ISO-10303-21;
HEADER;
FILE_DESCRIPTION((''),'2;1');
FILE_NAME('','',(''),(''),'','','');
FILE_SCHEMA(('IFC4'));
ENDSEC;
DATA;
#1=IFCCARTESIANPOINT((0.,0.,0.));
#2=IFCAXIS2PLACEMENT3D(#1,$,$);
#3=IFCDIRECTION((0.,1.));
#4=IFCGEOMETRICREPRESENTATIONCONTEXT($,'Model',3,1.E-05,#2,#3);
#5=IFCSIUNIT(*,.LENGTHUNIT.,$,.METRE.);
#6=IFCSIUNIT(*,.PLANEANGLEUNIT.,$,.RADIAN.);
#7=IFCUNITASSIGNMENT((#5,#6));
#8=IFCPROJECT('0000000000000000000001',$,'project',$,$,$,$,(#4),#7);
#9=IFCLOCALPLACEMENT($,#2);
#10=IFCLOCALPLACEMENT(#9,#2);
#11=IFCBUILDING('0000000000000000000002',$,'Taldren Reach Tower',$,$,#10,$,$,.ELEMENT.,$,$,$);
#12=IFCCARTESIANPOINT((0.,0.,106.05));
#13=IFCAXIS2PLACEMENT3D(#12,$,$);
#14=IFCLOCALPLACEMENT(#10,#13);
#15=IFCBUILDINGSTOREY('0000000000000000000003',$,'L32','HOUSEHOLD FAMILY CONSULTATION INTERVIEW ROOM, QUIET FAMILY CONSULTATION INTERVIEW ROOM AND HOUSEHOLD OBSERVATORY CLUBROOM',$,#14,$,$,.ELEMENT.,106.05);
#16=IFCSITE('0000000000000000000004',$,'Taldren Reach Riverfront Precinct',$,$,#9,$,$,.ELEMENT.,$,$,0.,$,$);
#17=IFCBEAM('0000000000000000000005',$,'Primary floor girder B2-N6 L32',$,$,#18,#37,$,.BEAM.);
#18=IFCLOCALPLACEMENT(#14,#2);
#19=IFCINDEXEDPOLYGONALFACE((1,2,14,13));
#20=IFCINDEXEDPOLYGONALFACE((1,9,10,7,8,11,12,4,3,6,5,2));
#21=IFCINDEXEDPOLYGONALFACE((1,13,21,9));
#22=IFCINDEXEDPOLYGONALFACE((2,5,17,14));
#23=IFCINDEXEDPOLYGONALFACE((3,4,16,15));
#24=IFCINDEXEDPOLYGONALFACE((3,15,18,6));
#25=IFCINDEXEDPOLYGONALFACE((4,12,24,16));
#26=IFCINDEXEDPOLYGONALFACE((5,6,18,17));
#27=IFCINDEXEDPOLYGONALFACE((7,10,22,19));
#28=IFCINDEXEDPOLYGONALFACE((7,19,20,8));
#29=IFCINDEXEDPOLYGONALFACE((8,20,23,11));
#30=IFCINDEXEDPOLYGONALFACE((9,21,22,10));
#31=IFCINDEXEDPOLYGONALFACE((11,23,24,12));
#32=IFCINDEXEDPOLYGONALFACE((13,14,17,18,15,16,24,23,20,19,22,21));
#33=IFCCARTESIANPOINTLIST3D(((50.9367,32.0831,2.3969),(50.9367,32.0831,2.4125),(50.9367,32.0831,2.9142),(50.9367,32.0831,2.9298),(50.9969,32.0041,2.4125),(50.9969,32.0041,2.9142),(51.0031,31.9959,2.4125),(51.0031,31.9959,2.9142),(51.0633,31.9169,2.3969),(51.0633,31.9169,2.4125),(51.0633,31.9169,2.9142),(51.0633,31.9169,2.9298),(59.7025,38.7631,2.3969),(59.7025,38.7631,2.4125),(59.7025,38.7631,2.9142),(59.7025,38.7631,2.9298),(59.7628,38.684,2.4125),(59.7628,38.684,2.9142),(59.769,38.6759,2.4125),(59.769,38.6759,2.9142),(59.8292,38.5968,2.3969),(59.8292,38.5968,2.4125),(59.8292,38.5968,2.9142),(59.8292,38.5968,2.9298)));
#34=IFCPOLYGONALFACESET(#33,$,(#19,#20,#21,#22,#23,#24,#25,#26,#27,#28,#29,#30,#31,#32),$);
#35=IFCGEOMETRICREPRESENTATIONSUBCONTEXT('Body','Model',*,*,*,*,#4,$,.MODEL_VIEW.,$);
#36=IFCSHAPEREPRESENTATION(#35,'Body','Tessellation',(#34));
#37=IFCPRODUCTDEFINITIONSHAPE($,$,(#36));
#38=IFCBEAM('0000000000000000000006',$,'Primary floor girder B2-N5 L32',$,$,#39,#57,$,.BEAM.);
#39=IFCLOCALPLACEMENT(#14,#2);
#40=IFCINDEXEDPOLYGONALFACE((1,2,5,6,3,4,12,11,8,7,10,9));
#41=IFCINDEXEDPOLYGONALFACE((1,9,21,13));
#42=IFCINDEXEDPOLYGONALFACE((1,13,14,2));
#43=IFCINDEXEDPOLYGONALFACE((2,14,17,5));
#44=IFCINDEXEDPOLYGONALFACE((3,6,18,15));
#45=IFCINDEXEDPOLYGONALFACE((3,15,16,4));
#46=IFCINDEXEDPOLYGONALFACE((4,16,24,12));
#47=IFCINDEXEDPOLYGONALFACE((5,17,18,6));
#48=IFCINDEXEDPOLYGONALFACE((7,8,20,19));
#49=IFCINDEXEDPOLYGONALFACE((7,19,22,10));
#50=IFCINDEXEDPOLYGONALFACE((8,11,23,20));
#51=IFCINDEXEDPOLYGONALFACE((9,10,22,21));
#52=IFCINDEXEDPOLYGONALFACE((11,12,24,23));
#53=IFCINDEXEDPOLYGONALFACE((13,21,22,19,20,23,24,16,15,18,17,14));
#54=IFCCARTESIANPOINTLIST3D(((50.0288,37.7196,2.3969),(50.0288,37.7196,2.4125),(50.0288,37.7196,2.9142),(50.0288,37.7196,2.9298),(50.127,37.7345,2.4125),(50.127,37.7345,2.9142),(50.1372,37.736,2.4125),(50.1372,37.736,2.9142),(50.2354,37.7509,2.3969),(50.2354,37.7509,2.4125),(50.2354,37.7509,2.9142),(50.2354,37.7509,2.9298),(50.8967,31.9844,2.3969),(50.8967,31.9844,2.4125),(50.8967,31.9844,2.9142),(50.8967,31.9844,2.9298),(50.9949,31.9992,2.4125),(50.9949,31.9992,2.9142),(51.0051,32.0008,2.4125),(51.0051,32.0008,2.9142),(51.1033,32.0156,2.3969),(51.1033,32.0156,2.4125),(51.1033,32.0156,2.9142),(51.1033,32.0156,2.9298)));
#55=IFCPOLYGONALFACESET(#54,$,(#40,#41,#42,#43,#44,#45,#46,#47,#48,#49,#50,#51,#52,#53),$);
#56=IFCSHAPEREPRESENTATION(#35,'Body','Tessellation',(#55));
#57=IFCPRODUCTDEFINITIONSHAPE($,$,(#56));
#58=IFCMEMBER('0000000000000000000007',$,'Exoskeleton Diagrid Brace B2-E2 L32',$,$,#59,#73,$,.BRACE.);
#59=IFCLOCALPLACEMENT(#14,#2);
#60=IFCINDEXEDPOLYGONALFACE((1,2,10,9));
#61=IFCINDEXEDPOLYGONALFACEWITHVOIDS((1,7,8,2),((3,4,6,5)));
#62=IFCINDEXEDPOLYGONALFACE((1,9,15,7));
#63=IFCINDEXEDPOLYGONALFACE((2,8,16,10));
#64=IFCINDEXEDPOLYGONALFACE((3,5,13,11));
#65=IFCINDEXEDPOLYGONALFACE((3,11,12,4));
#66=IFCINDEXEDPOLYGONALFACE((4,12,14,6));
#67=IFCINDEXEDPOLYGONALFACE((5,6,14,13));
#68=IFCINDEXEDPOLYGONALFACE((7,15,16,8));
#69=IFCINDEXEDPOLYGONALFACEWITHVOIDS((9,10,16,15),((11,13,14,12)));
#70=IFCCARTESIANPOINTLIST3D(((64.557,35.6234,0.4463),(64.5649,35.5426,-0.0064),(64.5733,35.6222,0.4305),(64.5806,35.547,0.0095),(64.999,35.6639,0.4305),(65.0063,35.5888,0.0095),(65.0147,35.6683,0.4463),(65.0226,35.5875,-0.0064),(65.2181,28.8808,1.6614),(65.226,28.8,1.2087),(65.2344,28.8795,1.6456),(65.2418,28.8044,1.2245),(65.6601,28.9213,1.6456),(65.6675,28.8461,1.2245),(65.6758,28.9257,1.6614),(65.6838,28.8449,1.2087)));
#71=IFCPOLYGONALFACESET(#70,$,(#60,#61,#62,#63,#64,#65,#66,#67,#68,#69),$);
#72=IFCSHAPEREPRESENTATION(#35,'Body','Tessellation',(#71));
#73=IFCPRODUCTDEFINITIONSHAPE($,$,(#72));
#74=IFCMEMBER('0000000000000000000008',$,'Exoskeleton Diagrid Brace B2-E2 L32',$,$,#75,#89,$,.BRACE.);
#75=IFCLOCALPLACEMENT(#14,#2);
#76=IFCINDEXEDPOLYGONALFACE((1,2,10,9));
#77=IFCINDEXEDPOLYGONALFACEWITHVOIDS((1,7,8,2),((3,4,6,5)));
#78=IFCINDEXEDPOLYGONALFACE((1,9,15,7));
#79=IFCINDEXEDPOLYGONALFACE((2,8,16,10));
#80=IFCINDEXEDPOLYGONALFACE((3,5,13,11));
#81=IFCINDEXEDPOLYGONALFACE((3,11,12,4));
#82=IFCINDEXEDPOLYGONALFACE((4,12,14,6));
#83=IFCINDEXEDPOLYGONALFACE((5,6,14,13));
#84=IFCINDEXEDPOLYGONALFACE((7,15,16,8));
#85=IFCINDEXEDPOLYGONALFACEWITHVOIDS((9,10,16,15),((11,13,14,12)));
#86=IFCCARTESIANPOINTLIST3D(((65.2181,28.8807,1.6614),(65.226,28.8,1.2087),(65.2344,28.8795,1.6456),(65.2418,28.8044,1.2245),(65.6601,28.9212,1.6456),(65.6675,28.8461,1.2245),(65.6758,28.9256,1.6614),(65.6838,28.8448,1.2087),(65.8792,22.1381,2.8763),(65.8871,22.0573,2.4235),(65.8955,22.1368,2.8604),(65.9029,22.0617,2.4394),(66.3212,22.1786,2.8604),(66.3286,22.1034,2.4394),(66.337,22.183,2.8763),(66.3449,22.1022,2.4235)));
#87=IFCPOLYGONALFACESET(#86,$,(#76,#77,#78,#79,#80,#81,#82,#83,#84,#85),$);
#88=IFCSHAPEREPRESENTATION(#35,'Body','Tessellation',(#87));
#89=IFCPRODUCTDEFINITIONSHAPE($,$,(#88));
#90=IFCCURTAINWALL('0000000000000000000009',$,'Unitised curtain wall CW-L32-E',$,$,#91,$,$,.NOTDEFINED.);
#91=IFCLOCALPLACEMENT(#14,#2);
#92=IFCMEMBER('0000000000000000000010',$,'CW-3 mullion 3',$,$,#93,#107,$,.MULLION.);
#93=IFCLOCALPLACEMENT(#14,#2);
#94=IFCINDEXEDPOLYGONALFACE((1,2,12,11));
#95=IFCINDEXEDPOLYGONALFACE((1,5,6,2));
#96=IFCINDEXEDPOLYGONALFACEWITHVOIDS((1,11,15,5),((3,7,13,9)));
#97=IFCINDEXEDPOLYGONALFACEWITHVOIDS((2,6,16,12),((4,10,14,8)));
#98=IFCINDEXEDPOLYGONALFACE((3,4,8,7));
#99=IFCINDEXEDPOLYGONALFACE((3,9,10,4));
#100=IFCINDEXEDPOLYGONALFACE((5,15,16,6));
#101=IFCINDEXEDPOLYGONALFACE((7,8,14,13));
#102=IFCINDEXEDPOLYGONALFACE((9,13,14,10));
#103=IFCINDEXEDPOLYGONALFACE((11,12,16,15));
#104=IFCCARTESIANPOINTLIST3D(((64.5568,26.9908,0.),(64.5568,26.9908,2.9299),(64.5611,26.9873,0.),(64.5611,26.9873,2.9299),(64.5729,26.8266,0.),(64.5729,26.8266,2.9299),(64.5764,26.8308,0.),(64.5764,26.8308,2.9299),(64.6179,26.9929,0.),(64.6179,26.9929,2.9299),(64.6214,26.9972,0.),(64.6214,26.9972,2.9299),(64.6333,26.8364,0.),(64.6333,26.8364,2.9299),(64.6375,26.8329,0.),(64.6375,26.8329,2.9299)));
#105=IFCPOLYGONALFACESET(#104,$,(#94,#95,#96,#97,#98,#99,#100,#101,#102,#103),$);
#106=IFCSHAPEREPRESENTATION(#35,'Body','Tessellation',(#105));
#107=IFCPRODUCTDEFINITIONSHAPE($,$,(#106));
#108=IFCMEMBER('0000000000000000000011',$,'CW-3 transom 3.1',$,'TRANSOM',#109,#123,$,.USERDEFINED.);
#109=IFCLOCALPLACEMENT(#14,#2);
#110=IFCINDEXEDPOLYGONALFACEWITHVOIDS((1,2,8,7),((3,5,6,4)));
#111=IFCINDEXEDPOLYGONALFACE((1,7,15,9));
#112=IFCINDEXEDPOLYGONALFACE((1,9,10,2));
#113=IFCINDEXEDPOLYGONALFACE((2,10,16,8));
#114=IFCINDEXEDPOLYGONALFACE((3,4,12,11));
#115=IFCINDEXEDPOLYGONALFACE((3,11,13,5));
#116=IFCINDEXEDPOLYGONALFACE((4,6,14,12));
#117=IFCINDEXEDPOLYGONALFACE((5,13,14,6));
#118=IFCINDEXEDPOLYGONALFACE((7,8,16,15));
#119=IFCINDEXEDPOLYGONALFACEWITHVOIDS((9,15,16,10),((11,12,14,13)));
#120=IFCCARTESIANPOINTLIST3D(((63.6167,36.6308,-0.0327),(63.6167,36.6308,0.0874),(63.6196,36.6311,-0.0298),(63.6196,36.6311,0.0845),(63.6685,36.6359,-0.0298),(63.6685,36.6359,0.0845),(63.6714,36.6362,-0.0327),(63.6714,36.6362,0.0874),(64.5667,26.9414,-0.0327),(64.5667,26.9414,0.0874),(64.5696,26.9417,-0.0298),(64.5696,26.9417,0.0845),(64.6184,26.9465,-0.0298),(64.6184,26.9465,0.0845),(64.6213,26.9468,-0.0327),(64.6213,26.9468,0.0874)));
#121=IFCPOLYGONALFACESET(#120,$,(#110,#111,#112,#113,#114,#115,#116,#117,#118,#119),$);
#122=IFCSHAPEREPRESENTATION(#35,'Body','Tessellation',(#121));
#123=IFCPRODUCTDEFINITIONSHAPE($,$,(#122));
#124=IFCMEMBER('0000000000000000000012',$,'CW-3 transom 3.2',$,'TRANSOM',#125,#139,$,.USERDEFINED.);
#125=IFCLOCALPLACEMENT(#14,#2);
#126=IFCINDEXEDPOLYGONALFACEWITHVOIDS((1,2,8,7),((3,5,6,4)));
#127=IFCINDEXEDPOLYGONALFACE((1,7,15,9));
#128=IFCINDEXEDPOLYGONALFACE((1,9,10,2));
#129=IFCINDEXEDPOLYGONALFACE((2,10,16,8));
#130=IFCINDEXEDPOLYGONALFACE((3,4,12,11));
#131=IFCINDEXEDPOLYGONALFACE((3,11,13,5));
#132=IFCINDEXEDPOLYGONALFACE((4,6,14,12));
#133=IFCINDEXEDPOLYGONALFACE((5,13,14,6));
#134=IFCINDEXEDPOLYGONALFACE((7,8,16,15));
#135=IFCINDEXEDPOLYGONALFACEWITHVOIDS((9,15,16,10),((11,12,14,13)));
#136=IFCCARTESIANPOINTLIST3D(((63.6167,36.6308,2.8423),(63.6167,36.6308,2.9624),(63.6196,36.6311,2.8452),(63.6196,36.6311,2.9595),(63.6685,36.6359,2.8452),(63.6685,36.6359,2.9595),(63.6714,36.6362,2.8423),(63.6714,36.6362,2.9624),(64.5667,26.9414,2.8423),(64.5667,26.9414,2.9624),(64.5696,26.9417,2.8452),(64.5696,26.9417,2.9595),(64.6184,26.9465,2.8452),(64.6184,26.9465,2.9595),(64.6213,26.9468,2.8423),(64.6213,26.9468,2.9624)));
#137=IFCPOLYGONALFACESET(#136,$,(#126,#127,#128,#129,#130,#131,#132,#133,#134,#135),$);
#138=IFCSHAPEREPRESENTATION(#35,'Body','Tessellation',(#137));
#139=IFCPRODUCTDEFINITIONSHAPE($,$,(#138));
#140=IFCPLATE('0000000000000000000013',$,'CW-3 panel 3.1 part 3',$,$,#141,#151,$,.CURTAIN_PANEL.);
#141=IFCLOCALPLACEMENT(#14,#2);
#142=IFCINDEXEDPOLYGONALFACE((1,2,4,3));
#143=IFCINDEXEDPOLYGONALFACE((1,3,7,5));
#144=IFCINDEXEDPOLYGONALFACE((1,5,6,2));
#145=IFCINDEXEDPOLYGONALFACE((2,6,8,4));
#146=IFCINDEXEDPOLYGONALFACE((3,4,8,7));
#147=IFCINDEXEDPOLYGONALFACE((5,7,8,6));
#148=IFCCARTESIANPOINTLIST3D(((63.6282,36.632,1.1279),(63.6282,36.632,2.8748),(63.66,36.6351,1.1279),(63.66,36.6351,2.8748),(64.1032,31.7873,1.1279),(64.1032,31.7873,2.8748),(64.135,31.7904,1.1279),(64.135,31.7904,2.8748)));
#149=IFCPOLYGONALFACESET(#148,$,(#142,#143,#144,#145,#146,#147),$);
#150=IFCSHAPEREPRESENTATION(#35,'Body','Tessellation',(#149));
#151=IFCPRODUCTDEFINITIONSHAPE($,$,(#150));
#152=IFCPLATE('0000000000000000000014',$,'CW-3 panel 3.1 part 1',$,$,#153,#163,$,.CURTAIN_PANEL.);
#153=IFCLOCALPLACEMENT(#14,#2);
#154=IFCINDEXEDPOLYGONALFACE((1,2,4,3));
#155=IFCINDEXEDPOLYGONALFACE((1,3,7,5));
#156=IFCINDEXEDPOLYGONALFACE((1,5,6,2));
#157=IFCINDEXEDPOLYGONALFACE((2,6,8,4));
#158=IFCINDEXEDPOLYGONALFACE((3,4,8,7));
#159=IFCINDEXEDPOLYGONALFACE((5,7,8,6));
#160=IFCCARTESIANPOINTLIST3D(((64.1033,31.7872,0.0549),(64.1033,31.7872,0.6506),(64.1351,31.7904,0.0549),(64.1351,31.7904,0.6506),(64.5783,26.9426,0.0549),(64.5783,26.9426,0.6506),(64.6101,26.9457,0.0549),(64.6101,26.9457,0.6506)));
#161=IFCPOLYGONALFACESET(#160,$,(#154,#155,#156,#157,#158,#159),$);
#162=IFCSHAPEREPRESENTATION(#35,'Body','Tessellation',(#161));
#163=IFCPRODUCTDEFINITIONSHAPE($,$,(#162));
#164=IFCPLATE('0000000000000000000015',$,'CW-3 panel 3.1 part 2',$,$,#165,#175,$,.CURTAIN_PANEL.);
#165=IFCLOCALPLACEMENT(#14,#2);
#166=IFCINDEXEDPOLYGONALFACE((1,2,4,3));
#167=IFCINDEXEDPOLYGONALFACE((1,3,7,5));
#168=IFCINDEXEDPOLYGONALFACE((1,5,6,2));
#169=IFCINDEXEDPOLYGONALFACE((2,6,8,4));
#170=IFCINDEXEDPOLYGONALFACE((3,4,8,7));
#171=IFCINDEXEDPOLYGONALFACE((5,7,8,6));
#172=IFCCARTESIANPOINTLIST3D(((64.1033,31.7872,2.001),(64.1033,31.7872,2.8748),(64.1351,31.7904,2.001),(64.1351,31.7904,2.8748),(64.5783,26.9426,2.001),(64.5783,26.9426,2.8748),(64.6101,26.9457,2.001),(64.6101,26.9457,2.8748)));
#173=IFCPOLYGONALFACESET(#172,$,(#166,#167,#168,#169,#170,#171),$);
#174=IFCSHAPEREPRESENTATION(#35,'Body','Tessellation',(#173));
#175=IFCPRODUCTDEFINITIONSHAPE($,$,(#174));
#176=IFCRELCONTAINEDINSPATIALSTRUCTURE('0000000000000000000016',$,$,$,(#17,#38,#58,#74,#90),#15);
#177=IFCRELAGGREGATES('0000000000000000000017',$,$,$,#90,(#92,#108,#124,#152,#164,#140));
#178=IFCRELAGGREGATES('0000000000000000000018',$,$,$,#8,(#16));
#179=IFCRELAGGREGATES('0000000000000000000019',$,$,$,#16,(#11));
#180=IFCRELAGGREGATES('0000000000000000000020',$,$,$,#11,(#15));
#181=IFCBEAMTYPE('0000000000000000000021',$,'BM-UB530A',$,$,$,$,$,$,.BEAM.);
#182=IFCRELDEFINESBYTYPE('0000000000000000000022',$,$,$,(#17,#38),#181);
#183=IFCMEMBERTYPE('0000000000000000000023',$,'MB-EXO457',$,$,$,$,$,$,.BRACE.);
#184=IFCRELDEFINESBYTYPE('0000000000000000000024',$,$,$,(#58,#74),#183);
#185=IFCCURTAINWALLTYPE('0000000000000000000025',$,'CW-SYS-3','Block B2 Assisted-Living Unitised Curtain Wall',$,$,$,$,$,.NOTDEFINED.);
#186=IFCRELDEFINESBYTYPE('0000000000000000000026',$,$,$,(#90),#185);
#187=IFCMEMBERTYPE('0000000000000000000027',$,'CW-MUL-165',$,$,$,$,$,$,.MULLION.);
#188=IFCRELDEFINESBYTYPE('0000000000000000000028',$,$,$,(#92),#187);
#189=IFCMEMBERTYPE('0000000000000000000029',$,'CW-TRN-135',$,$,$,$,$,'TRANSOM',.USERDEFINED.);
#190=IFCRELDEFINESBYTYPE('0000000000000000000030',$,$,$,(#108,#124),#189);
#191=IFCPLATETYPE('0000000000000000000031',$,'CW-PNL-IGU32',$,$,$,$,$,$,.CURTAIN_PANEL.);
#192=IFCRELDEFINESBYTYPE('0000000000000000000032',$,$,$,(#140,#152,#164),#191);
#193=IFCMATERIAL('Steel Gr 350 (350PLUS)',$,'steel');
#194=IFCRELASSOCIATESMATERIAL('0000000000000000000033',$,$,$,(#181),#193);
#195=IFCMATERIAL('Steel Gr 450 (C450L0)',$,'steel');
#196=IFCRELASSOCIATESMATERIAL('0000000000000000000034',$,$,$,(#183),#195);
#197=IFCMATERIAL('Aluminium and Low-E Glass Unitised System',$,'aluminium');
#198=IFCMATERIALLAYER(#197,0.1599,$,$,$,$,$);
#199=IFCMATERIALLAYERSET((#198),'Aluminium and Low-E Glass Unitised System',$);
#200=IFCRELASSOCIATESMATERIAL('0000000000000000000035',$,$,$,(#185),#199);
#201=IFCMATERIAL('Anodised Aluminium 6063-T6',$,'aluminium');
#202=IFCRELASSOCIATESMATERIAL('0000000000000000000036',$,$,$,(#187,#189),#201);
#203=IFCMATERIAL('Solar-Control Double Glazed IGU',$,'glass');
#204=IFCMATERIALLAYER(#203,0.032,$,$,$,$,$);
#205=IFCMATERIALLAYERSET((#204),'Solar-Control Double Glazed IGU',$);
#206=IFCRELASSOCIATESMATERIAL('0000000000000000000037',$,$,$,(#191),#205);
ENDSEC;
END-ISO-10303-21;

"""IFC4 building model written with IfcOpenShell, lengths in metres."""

from ifc_helpers import new_model, si_unit, direction, frame, origin, origin_2d, place, context, subcontext, project, spatial, rectangle, hollow_rectangle, i_section, extrude, source, transform, mapped, material, layer, layer_set, material_profile, profile_set, type_object, element, aggregate, save


model = new_model("IFC4")

# Units and contexts
model_context = context("Model", 3, precision=1e-05, world=origin(), true_north=direction((0.0, 1.0)))
body_context = subcontext(model_context, "Body", "Model", "MODEL_VIEW")
ifc_project = project(units=[si_unit("LENGTHUNIT", "METRE"), si_unit("PLANEANGLEUNIT", "RADIAN")], contexts=[model_context])

# Site, building, storey
site_placement = place(None, origin())
site = spatial("IfcSite", under=ifc_project, at=site_placement, Name="Taldren Reach Riverfront Precinct", CompositionType="ELEMENT", RefElevation=0.0)
building_placement = place(site_placement, origin())
building = spatial("IfcBuilding", under=site, at=building_placement, Name="Taldren Reach Tower", CompositionType="ELEMENT")
storey_placement = place(building_placement, frame((0.0, 0.0, 106.05)))
storey = spatial("IfcBuildingStorey", under=building, at=storey_placement, Name="L32", Description="HOUSEHOLD FAMILY CONSULTATION INTERVIEW ROOM, QUIET FAMILY CONSULTATION INTERVIEW ROOM AND HOUSEHOLD OBSERVATORY CLUBROOM", CompositionType="ELEMENT", Elevation=106.05)

# Shared definitions
ifc_material_1 = material(Name="Steel Gr 350 (350PLUS)", Category="steel")

# Shared definitions
ifc_material_2 = material(Name="Steel Gr 450 (C450L0)", Category="steel")

# Beams
ifc_material_profile_1 = material_profile(ifc_material_1, i_section(OverallWidth=0.209, OverallDepth=0.533, WebThickness=0.0103, FlangeThickness=0.0156, at=origin_2d()), Name="530UB92.4")
ifc_profile_set_1 = profile_set([ifc_material_profile_1], Name="Steel Gr 350 (350PLUS)")
beam_type_1 = type_object("IfcBeamType", Name="BM-UB530A", PredefinedType="BEAM", material=ifc_profile_set_1)
shared_shape_1 = source(origin(), body_context, "Body", "SweptSolid", [
    extrude(i_section(OverallWidth=0.209, OverallDepth=0.533, WebThickness=0.0103, FlangeThickness=0.0156, at=origin_2d()), origin(), (0.0, 0.0, 1.0), 11.021),
])
beam_1_placement = place(storey_placement, frame((51.0, 32.0, 2.6633), z_axis=(0.79538, 0.606111, 0.0), x_axis=(-0.606111, 0.79538, 0.0)))
element("IfcBeam", 1, at=beam_1_placement, inside=storey, type_object=beam_type_1, Name="Primary floor girder B2-N6 L32", PredefinedType="BEAM", context=body_context, shape_type="MappedRepresentation", body=[
    mapped(shared_shape_1, transform((0.0, 0.0, 0.0), scale=1.0)),
])
shared_shape_2 = source(origin(), body_context, "Body", "SweptSolid", [
    extrude(i_section(OverallWidth=0.209, OverallDepth=0.533, WebThickness=0.0103, FlangeThickness=0.0156, at=origin_2d()), origin(), (0.0, 0.0, 1.0), 5.8005),
])
beam_2_placement = place(storey_placement, frame((51.0, 32.0, 2.6633), z_axis=(-0.149625, 0.988743, 0.0), x_axis=(-0.988743, -0.149625, 0.0)))
element("IfcBeam", 2, at=beam_2_placement, inside=storey, type_object=beam_type_1, Name="Primary floor girder B2-N5 L32", PredefinedType="BEAM", context=body_context, shape_type="MappedRepresentation", body=[
    mapped(shared_shape_2, transform((0.0, 0.0, 0.0), scale=1.0)),
])

# Members
ifc_material_profile_2 = material_profile(ifc_material_2, hollow_rectangle(XDim=0.46, YDim=0.46, WallThickness=0.0161, at=origin_2d()), Name="460x460x16.0SHS")
ifc_profile_set_2 = profile_set([ifc_material_profile_2], Name="Steel Gr 450 (C450L0)")
member_type_1 = type_object("IfcMemberType", Name="MB-EXO457", PredefinedType="BRACE", material=ifc_profile_set_2)
shared_shape_3 = source(origin(), body_context, "Body", "SweptSolid", [
    extrude(hollow_rectangle(XDim=0.46, YDim=0.46, WallThickness=0.0161, at=origin_2d()), origin(), (0.0, 0.0, 1.0), 6.8831),
])
for number, where, z_axis, x_axis, name in (
    (3, (64.7898, 35.6055, 0.22), (0.096051, -0.979597, 0.176532), (0.995227, 0.097584, 0.0), "Exoskeleton Diagrid Brace B2-E2 L32"),
    (4, (65.4509, 28.8628, 1.4351), (0.096052, -0.979603, 0.176497), (0.995227, 0.097584, 0.0), "Exoskeleton Diagrid Brace B2-E2 L32"),
):
    element("IfcMember", number, at=place(storey_placement, frame(where, z_axis=z_axis, x_axis=x_axis)), inside=storey, type_object=member_type_1, Name=name, PredefinedType="BRACE", context=body_context, shape_type="MappedRepresentation", body=[
        mapped(shared_shape_3, transform((0.0, 0.0, 0.0), scale=1.0)),
    ])

# Curtain wall, members, plates
ifc_material_3 = material(Name="Aluminium and Low-E Glass Unitised System", Category="aluminium")
ifc_layer_1 = layer(ifc_material_3, 0.1599)
ifc_layer_set_1 = layer_set([ifc_layer_1], Name="Aluminium and Low-E Glass Unitised System")
curtain_wall_type = type_object("IfcCurtainWallType", Name="CW-SYS-3", Description="Block B2 Assisted-Living Unitised Curtain Wall", PredefinedType="NOTDEFINED", material=ifc_layer_set_1)
curtain_wall_placement = place(storey_placement, origin())
curtain_wall = element("IfcCurtainWall", 5, at=curtain_wall_placement, inside=storey, type_object=curtain_wall_type, Name="Unitised curtain wall CW-L32-E", PredefinedType="NOTDEFINED")
ifc_material_4 = material(Name="Anodised Aluminium 6063-T6", Category="aluminium")
ifc_material_profile_3 = material_profile(ifc_material_4, hollow_rectangle(XDim=0.0649, YDim=0.165, WallThickness=0.0039, at=origin_2d()), Name="ALU-165x65x4RHS")
ifc_profile_set_3 = profile_set([ifc_material_profile_3], Name="Anodised Aluminium 6063-T6")
member_type_2 = type_object("IfcMemberType", Name="CW-MUL-165", PredefinedType="MULLION", material=ifc_profile_set_3)
shared_shape_4 = source(origin(), body_context, "Body", "SweptSolid", [
    extrude(hollow_rectangle(XDim=0.0649, YDim=0.165, WallThickness=0.0039, at=origin_2d()), origin(), (0.0, 0.0, 1.0), 2.9299),
])
member_1_placement = place(storey_placement, frame((64.5972, 26.9119, 0.0), z_axis=(0.0, 0.0, 1.0), x_axis=(-0.995227, -0.097583, 0.0)))
member_1 = element("IfcMember", 6, at=member_1_placement, type_object=member_type_2, Name="CW-3 mullion 3", PredefinedType="MULLION", context=body_context, shape_type="MappedRepresentation", body=[
    mapped(shared_shape_4, transform((0.0, 0.0, 0.0), scale=1.0)),
])
ifc_material_profile_4 = material_profile(ifc_material_4, hollow_rectangle(XDim=0.0549, YDim=0.1201, WallThickness=0.0029, at=origin_2d()), Name="ALU-120x55x3RHS")
ifc_profile_set_4 = profile_set([ifc_material_profile_4], Name="Anodised Aluminium 6063-T6")
member_type_3 = type_object("IfcMemberType", Name="CW-TRN-135", ElementType="TRANSOM", PredefinedType="USERDEFINED", material=ifc_profile_set_4)
shared_shape_5 = source(origin(), body_context, "Body", "SweptSolid", [
    extrude(hollow_rectangle(XDim=0.0549, YDim=0.1201, WallThickness=0.0029, at=origin_2d()), origin(), (0.0, 0.0, 1.0), 9.7358),
])
member_2_placement = place(storey_placement, frame((64.594, 26.9441, 0.0273), z_axis=(-0.097572, 0.995228, 0.0), x_axis=(-0.995228, -0.097572, 0.0)))
member_2 = element("IfcMember", 7, at=member_2_placement, type_object=member_type_3, Name="CW-3 transom 3.1", ObjectType="TRANSOM", PredefinedType="USERDEFINED", context=body_context, shape_type="MappedRepresentation", body=[
    mapped(shared_shape_5, transform((0.0, 0.0, 0.0), scale=1.0)),
])
member_3_placement = place(storey_placement, frame((64.594, 26.9441, 2.9023), z_axis=(-0.097572, 0.995228, 0.0), x_axis=(-0.995228, -0.097572, 0.0)))
member_3 = element("IfcMember", 8, at=member_3_placement, type_object=member_type_3, Name="CW-3 transom 3.2", ObjectType="TRANSOM", PredefinedType="USERDEFINED", context=body_context, shape_type="MappedRepresentation", body=[
    mapped(shared_shape_5, transform((0.0, 0.0, 0.0), scale=1.0)),
])
ifc_material_5 = material(Name="Solar-Control Double Glazed IGU", Category="glass")
ifc_layer_2 = layer(ifc_material_5, 0.032)
ifc_layer_set_2 = layer_set([ifc_layer_2], Name="Solar-Control Double Glazed IGU")
plate_type = type_object("IfcPlateType", Name="CW-PNL-IGU32", PredefinedType="CURTAIN_PANEL", material=ifc_layer_set_2)
shared_shape_6 = source(origin(), body_context, "Body", "SweptSolid", [
    extrude(rectangle(XDim=4.8679, YDim=0.032, at=origin_2d()), origin(), (0.0, 0.0, 1.0), 1.7468),
])
plate_1_placement = place(storey_placement, frame((63.8816, 34.2112, 1.1279), z_axis=(0.0, 0.0, 1.0), x_axis=(-0.097583, 0.995227, 0.0)))
plate_1 = element("IfcPlate", 9, at=plate_1_placement, type_object=plate_type, Name="CW-3 panel 3.1 part 3", PredefinedType="CURTAIN_PANEL", context=body_context, shape_type="MappedRepresentation", body=[
    mapped(shared_shape_6, transform((0.0, 0.0, 0.0), scale=1.0)),
])
shared_shape_7 = source(origin(), body_context, "Body", "SweptSolid", [
    extrude(rectangle(XDim=4.8679, YDim=0.032, at=origin_2d()), origin(), (0.0, 0.0, 1.0), 0.5957),
])
plate_2_placement = place(storey_placement, frame((64.3567, 29.3665, 0.0549), z_axis=(0.0, 0.0, 1.0), x_axis=(-0.097583, 0.995227, 0.0)))
plate_2 = element("IfcPlate", 10, at=plate_2_placement, type_object=plate_type, Name="CW-3 panel 3.1 part 1", PredefinedType="CURTAIN_PANEL", context=body_context, shape_type="MappedRepresentation", body=[
    mapped(shared_shape_7, transform((0.0, 0.0, 0.0), scale=1.0)),
])
shared_shape_8 = source(origin(), body_context, "Body", "SweptSolid", [
    extrude(rectangle(XDim=4.8679, YDim=0.032, at=origin_2d()), origin(), (0.0, 0.0, 1.0), 0.8738),
])
plate_3_placement = place(storey_placement, frame((64.3567, 29.3665, 2.001), z_axis=(0.0, 0.0, 1.0), x_axis=(-0.097583, 0.995227, 0.0)))
plate_3 = element("IfcPlate", 11, at=plate_3_placement, type_object=plate_type, Name="CW-3 panel 3.1 part 2", PredefinedType="CURTAIN_PANEL", context=body_context, shape_type="MappedRepresentation", body=[
    mapped(shared_shape_8, transform((0.0, 0.0, 0.0), scale=1.0)),
])
aggregate(curtain_wall, [member_1, member_2, member_3, plate_2, plate_3, plate_1])

save(model, "model.ifc")
